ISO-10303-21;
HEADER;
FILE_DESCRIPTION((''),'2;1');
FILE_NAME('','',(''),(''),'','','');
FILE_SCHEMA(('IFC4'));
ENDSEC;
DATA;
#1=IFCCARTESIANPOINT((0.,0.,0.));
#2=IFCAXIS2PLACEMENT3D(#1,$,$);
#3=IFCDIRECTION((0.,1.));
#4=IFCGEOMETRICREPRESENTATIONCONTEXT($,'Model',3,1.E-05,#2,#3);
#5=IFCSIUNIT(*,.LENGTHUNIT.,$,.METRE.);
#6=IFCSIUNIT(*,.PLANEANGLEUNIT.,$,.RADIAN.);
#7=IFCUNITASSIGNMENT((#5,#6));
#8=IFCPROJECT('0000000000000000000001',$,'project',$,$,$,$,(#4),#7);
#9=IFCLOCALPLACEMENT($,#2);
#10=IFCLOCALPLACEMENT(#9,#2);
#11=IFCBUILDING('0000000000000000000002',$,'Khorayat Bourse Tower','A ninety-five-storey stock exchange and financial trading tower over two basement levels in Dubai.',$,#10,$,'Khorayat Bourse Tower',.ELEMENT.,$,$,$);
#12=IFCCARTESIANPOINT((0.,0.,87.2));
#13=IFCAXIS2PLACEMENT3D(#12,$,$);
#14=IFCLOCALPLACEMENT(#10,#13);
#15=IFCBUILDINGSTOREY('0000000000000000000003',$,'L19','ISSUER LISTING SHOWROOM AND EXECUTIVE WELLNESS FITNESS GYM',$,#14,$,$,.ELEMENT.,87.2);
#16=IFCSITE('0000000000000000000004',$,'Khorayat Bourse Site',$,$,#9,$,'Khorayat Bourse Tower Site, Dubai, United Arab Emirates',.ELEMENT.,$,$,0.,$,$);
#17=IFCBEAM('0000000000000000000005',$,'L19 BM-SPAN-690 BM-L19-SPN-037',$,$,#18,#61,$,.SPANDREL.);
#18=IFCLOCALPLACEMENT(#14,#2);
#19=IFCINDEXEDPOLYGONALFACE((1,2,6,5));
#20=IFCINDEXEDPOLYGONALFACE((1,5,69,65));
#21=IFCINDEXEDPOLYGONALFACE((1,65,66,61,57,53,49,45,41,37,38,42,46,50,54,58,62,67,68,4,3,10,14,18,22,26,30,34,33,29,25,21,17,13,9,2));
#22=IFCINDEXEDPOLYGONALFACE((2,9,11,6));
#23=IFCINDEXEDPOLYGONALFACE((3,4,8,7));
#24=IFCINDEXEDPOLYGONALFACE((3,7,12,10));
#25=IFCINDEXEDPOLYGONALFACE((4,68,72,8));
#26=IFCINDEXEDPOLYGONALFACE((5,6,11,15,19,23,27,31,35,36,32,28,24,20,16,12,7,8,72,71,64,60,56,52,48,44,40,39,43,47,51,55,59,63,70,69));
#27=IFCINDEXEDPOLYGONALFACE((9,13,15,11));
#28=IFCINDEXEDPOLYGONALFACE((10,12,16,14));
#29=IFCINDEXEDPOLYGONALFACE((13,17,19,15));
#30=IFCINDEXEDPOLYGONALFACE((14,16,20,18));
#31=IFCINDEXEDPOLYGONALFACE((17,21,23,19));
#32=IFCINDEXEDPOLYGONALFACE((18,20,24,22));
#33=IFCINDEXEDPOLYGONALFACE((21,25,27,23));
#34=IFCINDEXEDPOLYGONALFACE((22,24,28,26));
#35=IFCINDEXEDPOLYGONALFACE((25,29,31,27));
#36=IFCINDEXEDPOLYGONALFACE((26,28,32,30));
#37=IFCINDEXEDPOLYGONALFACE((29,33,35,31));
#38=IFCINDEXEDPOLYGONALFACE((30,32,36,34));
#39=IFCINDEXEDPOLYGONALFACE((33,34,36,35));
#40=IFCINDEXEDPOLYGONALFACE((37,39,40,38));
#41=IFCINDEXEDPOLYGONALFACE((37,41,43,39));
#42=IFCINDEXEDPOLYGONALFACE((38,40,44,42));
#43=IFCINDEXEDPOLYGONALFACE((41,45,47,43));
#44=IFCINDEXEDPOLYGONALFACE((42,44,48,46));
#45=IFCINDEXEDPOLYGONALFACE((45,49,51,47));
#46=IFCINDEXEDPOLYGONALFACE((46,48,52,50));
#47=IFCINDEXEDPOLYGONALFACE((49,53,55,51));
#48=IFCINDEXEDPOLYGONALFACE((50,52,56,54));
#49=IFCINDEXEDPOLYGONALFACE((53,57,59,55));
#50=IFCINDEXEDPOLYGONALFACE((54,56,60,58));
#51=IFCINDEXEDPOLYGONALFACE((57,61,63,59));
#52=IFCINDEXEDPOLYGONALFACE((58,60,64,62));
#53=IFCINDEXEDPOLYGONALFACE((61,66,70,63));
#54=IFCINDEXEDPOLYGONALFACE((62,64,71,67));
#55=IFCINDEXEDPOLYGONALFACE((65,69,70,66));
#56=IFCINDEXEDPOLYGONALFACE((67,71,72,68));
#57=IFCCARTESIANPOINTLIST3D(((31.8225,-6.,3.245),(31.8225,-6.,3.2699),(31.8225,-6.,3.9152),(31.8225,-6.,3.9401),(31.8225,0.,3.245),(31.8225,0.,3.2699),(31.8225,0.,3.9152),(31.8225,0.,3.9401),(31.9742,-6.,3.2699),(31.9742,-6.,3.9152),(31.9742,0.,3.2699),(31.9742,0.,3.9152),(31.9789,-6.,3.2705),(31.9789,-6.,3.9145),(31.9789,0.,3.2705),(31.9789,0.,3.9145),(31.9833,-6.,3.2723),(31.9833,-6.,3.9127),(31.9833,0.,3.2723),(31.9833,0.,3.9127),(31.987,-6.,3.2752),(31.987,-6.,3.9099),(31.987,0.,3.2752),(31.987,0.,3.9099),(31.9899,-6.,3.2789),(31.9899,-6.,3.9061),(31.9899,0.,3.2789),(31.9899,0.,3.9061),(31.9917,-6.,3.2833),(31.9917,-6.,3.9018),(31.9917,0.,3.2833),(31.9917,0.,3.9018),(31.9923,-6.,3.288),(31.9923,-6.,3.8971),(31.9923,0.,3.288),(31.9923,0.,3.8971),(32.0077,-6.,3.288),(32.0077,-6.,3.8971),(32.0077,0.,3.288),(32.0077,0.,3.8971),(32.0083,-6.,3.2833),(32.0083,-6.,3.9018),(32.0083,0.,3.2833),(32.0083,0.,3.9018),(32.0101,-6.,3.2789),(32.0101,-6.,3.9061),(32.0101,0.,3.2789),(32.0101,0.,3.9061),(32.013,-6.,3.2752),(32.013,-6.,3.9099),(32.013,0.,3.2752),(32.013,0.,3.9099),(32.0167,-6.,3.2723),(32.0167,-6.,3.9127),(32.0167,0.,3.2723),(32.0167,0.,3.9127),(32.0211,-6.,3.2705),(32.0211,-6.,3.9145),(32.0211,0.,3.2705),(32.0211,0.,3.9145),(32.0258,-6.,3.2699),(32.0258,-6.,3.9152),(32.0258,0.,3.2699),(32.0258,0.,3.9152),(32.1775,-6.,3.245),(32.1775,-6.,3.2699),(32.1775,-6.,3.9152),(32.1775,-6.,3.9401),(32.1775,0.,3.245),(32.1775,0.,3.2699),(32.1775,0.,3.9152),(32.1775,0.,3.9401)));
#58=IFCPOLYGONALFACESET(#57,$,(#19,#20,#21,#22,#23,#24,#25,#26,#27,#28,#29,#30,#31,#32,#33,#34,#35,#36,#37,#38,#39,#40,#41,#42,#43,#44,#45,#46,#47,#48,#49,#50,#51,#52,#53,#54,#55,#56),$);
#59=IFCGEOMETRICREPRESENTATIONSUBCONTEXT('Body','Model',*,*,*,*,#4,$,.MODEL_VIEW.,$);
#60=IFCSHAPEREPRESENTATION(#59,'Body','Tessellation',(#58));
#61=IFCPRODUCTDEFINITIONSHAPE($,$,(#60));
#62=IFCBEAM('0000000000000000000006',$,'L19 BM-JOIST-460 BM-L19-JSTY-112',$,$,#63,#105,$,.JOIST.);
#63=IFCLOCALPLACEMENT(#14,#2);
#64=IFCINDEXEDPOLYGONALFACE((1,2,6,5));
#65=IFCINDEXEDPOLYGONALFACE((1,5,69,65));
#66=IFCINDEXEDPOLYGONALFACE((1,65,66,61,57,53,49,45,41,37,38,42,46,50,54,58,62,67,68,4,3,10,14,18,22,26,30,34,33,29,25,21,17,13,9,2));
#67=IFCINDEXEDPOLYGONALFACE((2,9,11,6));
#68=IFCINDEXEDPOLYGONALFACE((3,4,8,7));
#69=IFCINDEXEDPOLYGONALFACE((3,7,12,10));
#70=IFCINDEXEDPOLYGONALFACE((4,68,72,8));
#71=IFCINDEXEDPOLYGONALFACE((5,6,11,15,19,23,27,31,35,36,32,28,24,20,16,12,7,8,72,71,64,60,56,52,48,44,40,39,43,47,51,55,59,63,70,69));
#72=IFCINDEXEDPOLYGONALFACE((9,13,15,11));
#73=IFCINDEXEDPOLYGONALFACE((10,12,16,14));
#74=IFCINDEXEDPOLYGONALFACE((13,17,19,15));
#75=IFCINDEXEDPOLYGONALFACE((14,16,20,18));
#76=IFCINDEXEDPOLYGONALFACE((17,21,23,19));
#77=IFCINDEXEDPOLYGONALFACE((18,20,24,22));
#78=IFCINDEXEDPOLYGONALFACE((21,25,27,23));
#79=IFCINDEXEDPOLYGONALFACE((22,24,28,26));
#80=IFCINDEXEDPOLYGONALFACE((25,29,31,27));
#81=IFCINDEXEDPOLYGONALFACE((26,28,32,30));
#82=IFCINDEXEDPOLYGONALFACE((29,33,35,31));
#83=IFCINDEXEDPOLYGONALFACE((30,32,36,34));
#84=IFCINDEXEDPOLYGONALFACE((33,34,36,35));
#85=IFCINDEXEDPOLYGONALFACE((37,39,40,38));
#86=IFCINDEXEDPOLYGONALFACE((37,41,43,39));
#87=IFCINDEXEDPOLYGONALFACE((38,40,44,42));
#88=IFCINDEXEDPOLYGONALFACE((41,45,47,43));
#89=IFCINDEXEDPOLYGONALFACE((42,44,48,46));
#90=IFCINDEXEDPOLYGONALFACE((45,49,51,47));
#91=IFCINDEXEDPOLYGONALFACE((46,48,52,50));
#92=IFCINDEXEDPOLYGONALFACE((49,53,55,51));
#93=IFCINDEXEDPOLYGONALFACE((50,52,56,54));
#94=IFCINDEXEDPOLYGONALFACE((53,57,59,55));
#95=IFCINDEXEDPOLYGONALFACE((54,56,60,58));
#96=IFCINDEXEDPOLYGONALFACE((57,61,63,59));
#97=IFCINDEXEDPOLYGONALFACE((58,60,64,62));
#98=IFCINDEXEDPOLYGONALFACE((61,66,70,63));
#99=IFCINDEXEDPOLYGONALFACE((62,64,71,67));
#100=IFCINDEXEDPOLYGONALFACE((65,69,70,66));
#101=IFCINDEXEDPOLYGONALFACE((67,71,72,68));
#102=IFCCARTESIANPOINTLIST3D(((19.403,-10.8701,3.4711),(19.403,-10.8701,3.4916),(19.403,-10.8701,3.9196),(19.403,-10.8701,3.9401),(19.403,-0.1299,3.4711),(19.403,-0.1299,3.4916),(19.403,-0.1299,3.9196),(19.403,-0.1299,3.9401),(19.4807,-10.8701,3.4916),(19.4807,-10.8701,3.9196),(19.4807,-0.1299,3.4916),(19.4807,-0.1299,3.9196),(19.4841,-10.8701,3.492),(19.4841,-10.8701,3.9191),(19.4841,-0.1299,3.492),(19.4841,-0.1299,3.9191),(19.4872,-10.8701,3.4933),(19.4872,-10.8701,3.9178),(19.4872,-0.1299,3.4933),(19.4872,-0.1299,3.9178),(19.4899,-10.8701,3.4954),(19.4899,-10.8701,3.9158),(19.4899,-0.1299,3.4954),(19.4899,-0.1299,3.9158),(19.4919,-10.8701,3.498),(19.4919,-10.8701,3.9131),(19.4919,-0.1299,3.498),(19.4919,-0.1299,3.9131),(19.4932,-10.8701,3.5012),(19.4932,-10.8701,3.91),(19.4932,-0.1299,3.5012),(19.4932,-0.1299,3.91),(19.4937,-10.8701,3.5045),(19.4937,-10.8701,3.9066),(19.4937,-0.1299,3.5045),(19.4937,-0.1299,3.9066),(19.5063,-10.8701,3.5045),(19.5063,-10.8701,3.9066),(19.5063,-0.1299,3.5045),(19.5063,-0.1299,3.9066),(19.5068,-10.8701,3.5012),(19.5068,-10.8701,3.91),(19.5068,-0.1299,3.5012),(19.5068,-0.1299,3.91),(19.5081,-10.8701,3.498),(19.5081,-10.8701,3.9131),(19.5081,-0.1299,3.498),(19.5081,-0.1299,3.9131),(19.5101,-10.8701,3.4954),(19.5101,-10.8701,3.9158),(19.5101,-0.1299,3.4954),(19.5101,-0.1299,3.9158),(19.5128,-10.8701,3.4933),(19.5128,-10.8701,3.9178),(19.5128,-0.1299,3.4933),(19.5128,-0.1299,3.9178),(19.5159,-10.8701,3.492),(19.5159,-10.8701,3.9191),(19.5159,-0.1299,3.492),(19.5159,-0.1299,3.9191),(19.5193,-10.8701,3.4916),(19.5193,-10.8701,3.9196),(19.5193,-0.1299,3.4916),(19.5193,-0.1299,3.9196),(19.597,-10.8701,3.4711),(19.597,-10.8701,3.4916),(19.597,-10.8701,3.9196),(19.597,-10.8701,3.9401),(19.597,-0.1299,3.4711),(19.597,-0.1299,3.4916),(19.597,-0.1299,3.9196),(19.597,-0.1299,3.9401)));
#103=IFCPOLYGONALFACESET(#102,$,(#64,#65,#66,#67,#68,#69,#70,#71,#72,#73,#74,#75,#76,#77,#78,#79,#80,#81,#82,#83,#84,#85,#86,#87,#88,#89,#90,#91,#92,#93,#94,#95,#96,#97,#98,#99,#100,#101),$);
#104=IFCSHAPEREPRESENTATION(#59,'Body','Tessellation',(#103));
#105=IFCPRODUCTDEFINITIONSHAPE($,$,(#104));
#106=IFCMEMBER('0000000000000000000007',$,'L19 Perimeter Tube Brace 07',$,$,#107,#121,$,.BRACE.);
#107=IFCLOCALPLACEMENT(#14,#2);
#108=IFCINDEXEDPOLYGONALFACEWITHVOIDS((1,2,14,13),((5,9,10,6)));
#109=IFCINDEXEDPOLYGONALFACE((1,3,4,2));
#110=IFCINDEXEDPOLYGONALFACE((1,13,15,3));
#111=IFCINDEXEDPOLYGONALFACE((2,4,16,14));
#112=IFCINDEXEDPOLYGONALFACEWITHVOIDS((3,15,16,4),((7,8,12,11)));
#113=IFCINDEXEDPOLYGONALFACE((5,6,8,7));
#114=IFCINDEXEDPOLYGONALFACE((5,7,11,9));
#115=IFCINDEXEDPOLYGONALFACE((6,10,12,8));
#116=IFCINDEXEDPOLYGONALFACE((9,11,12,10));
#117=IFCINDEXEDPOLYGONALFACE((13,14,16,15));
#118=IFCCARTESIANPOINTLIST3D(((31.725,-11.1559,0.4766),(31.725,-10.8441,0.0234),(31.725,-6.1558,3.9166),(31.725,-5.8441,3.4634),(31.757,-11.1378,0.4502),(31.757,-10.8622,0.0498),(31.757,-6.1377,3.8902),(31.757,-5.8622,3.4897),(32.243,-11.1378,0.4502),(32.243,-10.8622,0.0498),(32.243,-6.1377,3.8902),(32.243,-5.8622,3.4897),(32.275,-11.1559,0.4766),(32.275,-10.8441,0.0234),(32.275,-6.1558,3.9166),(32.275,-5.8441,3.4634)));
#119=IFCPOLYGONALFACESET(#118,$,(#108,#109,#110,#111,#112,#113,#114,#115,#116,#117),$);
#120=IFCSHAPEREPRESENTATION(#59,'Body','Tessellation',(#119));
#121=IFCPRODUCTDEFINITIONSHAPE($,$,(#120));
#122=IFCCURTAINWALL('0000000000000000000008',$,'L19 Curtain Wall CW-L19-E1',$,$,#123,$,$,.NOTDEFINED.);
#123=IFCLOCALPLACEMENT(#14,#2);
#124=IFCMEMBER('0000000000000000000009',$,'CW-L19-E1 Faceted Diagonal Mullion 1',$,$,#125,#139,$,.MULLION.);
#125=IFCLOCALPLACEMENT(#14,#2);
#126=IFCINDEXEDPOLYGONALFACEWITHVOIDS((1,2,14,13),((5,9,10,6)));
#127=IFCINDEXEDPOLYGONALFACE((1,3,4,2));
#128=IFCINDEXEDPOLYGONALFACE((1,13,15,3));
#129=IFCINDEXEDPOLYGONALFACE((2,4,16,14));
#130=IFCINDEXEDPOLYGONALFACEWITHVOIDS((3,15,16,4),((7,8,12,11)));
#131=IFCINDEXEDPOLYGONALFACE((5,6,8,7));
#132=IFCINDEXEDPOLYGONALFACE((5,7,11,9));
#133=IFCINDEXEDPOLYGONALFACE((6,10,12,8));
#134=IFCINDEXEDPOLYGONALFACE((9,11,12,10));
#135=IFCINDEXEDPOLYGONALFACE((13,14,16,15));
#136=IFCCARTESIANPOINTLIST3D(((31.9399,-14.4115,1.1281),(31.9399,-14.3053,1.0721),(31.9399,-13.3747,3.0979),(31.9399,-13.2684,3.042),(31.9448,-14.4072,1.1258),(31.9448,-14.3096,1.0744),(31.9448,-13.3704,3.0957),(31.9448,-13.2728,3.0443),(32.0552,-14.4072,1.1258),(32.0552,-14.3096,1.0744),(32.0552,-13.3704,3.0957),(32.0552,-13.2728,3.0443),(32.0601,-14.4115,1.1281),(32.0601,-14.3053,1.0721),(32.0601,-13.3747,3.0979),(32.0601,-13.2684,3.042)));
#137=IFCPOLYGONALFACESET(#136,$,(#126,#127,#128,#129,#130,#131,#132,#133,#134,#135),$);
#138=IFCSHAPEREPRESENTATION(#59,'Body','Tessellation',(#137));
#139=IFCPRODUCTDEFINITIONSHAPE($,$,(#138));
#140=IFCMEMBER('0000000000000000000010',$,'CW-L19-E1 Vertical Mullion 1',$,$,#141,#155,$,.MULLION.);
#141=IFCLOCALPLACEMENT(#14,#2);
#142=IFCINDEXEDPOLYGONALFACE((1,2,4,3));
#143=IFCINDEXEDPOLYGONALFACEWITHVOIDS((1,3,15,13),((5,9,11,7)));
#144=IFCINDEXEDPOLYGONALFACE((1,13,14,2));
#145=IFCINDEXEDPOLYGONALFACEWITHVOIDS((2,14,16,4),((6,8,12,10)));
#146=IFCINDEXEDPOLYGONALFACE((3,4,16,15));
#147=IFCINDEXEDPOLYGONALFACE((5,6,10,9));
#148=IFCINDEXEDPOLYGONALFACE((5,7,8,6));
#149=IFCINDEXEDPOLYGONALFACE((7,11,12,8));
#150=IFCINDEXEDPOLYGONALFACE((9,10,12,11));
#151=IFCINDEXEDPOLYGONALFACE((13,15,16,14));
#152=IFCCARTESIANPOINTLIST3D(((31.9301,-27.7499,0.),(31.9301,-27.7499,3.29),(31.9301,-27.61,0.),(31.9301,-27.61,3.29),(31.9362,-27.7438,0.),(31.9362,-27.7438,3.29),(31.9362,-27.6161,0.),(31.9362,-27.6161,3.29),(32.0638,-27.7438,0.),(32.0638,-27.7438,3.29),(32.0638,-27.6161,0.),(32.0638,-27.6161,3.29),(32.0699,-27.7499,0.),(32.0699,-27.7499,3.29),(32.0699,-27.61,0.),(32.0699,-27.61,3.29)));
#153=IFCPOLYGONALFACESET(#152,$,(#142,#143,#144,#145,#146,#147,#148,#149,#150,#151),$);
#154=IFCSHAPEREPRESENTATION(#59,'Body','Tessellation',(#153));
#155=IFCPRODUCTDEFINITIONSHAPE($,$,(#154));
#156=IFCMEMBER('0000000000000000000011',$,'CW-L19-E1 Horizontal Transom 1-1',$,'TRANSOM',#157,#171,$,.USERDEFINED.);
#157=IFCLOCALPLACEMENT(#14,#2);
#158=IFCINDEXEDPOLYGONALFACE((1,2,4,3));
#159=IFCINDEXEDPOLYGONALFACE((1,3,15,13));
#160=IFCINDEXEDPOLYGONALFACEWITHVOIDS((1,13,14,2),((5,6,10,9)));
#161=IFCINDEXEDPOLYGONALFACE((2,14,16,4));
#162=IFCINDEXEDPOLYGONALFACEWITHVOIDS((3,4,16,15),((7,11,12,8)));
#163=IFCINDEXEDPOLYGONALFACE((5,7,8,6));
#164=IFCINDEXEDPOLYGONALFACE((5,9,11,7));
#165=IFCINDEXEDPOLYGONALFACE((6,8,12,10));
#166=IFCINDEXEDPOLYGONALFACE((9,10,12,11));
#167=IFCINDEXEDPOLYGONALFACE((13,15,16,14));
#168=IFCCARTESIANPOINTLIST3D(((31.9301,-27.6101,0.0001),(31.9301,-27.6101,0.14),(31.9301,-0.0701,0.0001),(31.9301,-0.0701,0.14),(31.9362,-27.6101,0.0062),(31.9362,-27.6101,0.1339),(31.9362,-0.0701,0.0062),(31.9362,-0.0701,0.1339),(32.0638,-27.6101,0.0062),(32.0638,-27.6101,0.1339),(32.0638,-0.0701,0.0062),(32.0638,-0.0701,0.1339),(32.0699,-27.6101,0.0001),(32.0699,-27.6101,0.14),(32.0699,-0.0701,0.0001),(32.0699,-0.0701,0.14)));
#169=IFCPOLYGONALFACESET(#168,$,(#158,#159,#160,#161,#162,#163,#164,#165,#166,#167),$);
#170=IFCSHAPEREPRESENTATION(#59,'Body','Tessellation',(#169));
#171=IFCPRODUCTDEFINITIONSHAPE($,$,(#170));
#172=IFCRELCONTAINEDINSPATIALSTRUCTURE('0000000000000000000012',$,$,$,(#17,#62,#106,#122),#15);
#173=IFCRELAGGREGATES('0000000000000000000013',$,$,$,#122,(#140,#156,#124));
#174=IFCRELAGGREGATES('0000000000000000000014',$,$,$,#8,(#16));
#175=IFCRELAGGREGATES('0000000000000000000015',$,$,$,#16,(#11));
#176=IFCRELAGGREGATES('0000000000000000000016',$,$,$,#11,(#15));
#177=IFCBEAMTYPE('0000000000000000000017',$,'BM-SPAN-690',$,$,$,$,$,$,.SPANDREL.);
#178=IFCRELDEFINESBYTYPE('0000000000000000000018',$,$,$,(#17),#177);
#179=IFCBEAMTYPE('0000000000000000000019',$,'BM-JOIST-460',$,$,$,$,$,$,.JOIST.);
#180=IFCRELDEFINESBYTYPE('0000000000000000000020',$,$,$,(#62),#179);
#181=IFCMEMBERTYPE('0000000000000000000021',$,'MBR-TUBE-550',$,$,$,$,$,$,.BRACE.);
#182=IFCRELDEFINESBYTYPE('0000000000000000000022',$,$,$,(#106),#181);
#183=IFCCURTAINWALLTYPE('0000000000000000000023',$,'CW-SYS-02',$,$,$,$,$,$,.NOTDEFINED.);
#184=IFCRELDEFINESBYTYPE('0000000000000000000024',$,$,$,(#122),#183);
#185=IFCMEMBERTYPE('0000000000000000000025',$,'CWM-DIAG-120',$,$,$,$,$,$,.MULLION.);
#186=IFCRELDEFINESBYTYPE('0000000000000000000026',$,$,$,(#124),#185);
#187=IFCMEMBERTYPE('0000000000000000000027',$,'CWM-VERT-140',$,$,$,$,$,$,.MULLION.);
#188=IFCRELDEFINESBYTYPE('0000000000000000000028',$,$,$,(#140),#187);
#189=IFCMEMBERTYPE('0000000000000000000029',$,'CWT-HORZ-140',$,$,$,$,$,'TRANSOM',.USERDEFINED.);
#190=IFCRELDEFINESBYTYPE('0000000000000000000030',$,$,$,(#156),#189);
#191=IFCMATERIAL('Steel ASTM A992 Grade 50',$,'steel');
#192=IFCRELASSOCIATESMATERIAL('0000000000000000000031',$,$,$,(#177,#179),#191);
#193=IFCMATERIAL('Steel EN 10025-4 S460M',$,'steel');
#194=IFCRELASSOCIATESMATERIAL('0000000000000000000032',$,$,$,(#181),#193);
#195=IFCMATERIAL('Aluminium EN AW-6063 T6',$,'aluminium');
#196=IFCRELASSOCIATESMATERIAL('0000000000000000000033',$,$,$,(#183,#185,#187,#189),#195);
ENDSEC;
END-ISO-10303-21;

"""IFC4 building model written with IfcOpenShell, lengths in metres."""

from ifc_helpers import new_model, si_unit, direction, frame, origin, origin_2d, place, context, subcontext, project, spatial, hollow_rectangle, i_section, extrude, source, transform, mapped, material, material_profile, profile_set, type_object, element, aggregate, save


model = new_model("IFC4")

# Units and contexts
model_context = context("Model", 3, precision=1e-05, world=origin(), true_north=direction((0.0, 1.0)))
body_context = subcontext(model_context, "Body", "Model", "MODEL_VIEW")
ifc_project = project(units=[si_unit("LENGTHUNIT", "METRE"), si_unit("PLANEANGLEUNIT", "RADIAN")], contexts=[model_context])

# Site, building, storey
site_placement = place(None, origin())
site = spatial("IfcSite", under=ifc_project, at=site_placement, Name="Khorayat Bourse Site", LongName="Khorayat Bourse Tower Site, Dubai, United Arab Emirates", CompositionType="ELEMENT", RefElevation=0.0)
building_placement = place(site_placement, origin())
building = spatial("IfcBuilding", under=site, at=building_placement, Name="Khorayat Bourse Tower", Description="A ninety-five-storey stock exchange and financial trading tower over two basement levels in Dubai.", LongName="Khorayat Bourse Tower", CompositionType="ELEMENT")
storey_placement = place(building_placement, frame((0.0, 0.0, 87.2)))
storey = spatial("IfcBuildingStorey", under=building, at=storey_placement, Name="L19", Description="ISSUER LISTING SHOWROOM AND EXECUTIVE WELLNESS FITNESS GYM", CompositionType="ELEMENT", Elevation=87.2)

# Shared definitions
ifc_material_1 = material(Name="Steel EN 10025-4 S460M", Category="steel")

# Beams
ifc_material_2 = material(Name="Steel ASTM A992 Grade 50", Category="steel")
ifc_material_profile_1 = material_profile(ifc_material_2, i_section(OverallWidth=0.355, OverallDepth=0.6951, WebThickness=0.0154, FlangeThickness=0.0249, FilletRadius=0.0181, at=origin_2d()), Name="W690X217")
ifc_profile_set_1 = profile_set([ifc_material_profile_1], Name="Steel ASTM A992 Grade 50")
beam_type_1 = type_object("IfcBeamType", Name="BM-SPAN-690", PredefinedType="SPANDREL", material=ifc_profile_set_1)
shared_shape_1 = source(origin(), body_context, "Body", "SweptSolid", [
    extrude(i_section(OverallWidth=0.355, OverallDepth=0.6951, WebThickness=0.0154, FlangeThickness=0.0249, FilletRadius=0.0181, at=origin_2d()), origin(), (0.0, 0.0, 1.0), 6.0),
])
beam_1_placement = place(storey_placement, frame((32.0, -6.0, 3.5925), z_axis=(0.0, 1.0, 0.0), x_axis=(-1.0, 0.0, 0.0)))
element("IfcBeam", 1, at=beam_1_placement, inside=storey, type_object=beam_type_1, Name="L19 BM-SPAN-690 BM-L19-SPN-037", PredefinedType="SPANDREL", context=body_context, shape_type="MappedRepresentation", body=[
    mapped(shared_shape_1, transform((0.0, 0.0, 0.0), scale=1.0)),
])
ifc_material_profile_2 = material_profile(ifc_material_2, i_section(OverallWidth=0.1941, OverallDepth=0.469, WebThickness=0.0127, FlangeThickness=0.0205, FilletRadius=0.0129, at=origin_2d()), Name="W460X106")
ifc_profile_set_2 = profile_set([ifc_material_profile_2], Name="Steel ASTM A992 Grade 50")
beam_type_2 = type_object("IfcBeamType", Name="BM-JOIST-460", PredefinedType="JOIST", material=ifc_profile_set_2)
shared_shape_2 = source(origin(), body_context, "Body", "SweptSolid", [
    extrude(i_section(OverallWidth=0.1941, OverallDepth=0.469, WebThickness=0.0127, FlangeThickness=0.0205, FilletRadius=0.0129, at=origin_2d()), origin(), (0.0, 0.0, 1.0), 10.7402),
])
beam_2_placement = place(storey_placement, frame((19.5, -10.8701, 3.7056), z_axis=(0.0, 1.0, 0.0), x_axis=(-1.0, 0.0, 0.0)))
element("IfcBeam", 2, at=beam_2_placement, inside=storey, type_object=beam_type_2, Name="L19 BM-JOIST-460 BM-L19-JSTY-112", PredefinedType="JOIST", context=body_context, shape_type="MappedRepresentation", body=[
    mapped(shared_shape_2, transform((0.0, 0.0, 0.0), scale=1.0)),
])

# Member
ifc_material_profile_3 = material_profile(ifc_material_1, hollow_rectangle(XDim=0.55, YDim=0.55, WallThickness=0.032, at=origin_2d()), Name="HSS 550x550x32")
ifc_profile_set_3 = profile_set([ifc_material_profile_3], Name="Steel EN 10025-4 S460M")
member_type_1 = type_object("IfcMemberType", Name="MBR-TUBE-550", PredefinedType="BRACE", material=ifc_profile_set_3)
shared_shape_3 = source(origin(), body_context, "Body", "SweptSolid", [
    extrude(hollow_rectangle(XDim=0.55, YDim=0.55, WallThickness=0.032, at=origin_2d()), origin(), (0.0, 0.0, 1.0), 6.0691),
])
member_1_placement = place(storey_placement, frame((32.0, -11.0, 0.25), z_axis=(0.0, 0.823854, 0.566802), x_axis=(-1.0, 0.0, 0.0)))
element("IfcMember", 3, at=member_1_placement, inside=storey, type_object=member_type_1, Name="L19 Perimeter Tube Brace 07", PredefinedType="BRACE", context=body_context, shape_type="MappedRepresentation", body=[
    mapped(shared_shape_3, transform((0.0, 0.0, 0.0), scale=1.0)),
])

# Curtain wall, members
ifc_material_3 = material(Name="Aluminium EN AW-6063 T6", Category="aluminium")
curtain_wall_type = type_object("IfcCurtainWallType", Name="CW-SYS-02", PredefinedType="NOTDEFINED", material=ifc_material_3)
curtain_wall_placement = place(storey_placement, origin())
curtain_wall = element("IfcCurtainWall", 4, at=curtain_wall_placement, inside=storey, type_object=curtain_wall_type, Name="L19 Curtain Wall CW-L19-E1", PredefinedType="NOTDEFINED")
ifc_material_profile_4 = material_profile(ifc_material_3, hollow_rectangle(XDim=0.1201, YDim=0.1201, WallThickness=0.0049, at=origin_2d()), Name="ALU 120x120x5")
ifc_profile_set_4 = profile_set([ifc_material_profile_4], Name="Aluminium EN AW-6063 T6")
member_type_2 = type_object("IfcMemberType", Name="CWM-DIAG-120", PredefinedType="MULLION", material=ifc_profile_set_4)
shared_shape_4 = source(origin(), body_context, "Body", "SweptSolid", [
    extrude(hollow_rectangle(XDim=0.1201, YDim=0.1201, WallThickness=0.0049, at=origin_2d()), origin(), (0.0, 0.0, 1.0), 2.2261),
])
member_2_placement = place(storey_placement, frame((32.0, -14.3584, 1.1001), z_axis=(0.0, 0.46576, 0.884911), x_axis=(-1.0, 0.0, 0.0)))
member_2 = element("IfcMember", 5, at=member_2_placement, type_object=member_type_2, Name="CW-L19-E1 Faceted Diagonal Mullion 1", PredefinedType="MULLION", context=body_context, shape_type="MappedRepresentation", body=[
    mapped(shared_shape_4, transform((0.0, 0.0, 0.0), scale=1.0)),
])
ifc_material_profile_5 = material_profile(ifc_material_3, hollow_rectangle(XDim=0.1399, YDim=0.1399, WallThickness=0.0061, at=origin_2d()), Name="ALU 140x140x6")
ifc_profile_set_5 = profile_set([ifc_material_profile_5], Name="Aluminium EN AW-6063 T6")
member_type_3 = type_object("IfcMemberType", Name="CWM-VERT-140", PredefinedType="MULLION", material=ifc_profile_set_5)
shared_shape_5 = source(origin(), body_context, "Body", "SweptSolid", [
    extrude(hollow_rectangle(XDim=0.1399, YDim=0.1399, WallThickness=0.0061, at=origin_2d()), origin(), (0.0, 0.0, 1.0), 3.29),
])
member_3_placement = place(storey_placement, frame((32.0, -27.6799, 0.0), z_axis=(0.0, 0.0, 1.0), x_axis=(-1.0, 0.0, 0.0)))
member_3 = element("IfcMember", 6, at=member_3_placement, type_object=member_type_3, Name="CW-L19-E1 Vertical Mullion 1", PredefinedType="MULLION", context=body_context, shape_type="MappedRepresentation", body=[
    mapped(shared_shape_5, transform((0.0, 0.0, 0.0), scale=1.0)),
])
ifc_material_profile_6 = material_profile(ifc_material_3, hollow_rectangle(XDim=0.1399, YDim=0.1399, WallThickness=0.0061, at=origin_2d()), Name="ALU 140x140x6")
ifc_profile_set_6 = profile_set([ifc_material_profile_6], Name="Aluminium EN AW-6063 T6")
member_type_4 = type_object("IfcMemberType", Name="CWT-HORZ-140", ElementType="TRANSOM", PredefinedType="USERDEFINED", material=ifc_profile_set_6)
shared_shape_6 = source(origin(), body_context, "Body", "SweptSolid", [
    extrude(hollow_rectangle(XDim=0.1399, YDim=0.1399, WallThickness=0.0061, at=origin_2d()), origin(), (0.0, 0.0, 1.0), 27.54),
])
member_4_placement = place(storey_placement, frame((32.0, -27.6101, 0.0701), z_axis=(0.0, 1.0, 0.0), x_axis=(-1.0, 0.0, 0.0)))
member_4 = element("IfcMember", 7, at=member_4_placement, type_object=member_type_4, Name="CW-L19-E1 Horizontal Transom 1-1", ObjectType="TRANSOM", PredefinedType="USERDEFINED", context=body_context, shape_type="MappedRepresentation", body=[
    mapped(shared_shape_6, transform((0.0, 0.0, 0.0), scale=1.0)),
])

aggregate(curtain_wall, [member_3, member_4, member_2])

save(model, "model.ifc")
